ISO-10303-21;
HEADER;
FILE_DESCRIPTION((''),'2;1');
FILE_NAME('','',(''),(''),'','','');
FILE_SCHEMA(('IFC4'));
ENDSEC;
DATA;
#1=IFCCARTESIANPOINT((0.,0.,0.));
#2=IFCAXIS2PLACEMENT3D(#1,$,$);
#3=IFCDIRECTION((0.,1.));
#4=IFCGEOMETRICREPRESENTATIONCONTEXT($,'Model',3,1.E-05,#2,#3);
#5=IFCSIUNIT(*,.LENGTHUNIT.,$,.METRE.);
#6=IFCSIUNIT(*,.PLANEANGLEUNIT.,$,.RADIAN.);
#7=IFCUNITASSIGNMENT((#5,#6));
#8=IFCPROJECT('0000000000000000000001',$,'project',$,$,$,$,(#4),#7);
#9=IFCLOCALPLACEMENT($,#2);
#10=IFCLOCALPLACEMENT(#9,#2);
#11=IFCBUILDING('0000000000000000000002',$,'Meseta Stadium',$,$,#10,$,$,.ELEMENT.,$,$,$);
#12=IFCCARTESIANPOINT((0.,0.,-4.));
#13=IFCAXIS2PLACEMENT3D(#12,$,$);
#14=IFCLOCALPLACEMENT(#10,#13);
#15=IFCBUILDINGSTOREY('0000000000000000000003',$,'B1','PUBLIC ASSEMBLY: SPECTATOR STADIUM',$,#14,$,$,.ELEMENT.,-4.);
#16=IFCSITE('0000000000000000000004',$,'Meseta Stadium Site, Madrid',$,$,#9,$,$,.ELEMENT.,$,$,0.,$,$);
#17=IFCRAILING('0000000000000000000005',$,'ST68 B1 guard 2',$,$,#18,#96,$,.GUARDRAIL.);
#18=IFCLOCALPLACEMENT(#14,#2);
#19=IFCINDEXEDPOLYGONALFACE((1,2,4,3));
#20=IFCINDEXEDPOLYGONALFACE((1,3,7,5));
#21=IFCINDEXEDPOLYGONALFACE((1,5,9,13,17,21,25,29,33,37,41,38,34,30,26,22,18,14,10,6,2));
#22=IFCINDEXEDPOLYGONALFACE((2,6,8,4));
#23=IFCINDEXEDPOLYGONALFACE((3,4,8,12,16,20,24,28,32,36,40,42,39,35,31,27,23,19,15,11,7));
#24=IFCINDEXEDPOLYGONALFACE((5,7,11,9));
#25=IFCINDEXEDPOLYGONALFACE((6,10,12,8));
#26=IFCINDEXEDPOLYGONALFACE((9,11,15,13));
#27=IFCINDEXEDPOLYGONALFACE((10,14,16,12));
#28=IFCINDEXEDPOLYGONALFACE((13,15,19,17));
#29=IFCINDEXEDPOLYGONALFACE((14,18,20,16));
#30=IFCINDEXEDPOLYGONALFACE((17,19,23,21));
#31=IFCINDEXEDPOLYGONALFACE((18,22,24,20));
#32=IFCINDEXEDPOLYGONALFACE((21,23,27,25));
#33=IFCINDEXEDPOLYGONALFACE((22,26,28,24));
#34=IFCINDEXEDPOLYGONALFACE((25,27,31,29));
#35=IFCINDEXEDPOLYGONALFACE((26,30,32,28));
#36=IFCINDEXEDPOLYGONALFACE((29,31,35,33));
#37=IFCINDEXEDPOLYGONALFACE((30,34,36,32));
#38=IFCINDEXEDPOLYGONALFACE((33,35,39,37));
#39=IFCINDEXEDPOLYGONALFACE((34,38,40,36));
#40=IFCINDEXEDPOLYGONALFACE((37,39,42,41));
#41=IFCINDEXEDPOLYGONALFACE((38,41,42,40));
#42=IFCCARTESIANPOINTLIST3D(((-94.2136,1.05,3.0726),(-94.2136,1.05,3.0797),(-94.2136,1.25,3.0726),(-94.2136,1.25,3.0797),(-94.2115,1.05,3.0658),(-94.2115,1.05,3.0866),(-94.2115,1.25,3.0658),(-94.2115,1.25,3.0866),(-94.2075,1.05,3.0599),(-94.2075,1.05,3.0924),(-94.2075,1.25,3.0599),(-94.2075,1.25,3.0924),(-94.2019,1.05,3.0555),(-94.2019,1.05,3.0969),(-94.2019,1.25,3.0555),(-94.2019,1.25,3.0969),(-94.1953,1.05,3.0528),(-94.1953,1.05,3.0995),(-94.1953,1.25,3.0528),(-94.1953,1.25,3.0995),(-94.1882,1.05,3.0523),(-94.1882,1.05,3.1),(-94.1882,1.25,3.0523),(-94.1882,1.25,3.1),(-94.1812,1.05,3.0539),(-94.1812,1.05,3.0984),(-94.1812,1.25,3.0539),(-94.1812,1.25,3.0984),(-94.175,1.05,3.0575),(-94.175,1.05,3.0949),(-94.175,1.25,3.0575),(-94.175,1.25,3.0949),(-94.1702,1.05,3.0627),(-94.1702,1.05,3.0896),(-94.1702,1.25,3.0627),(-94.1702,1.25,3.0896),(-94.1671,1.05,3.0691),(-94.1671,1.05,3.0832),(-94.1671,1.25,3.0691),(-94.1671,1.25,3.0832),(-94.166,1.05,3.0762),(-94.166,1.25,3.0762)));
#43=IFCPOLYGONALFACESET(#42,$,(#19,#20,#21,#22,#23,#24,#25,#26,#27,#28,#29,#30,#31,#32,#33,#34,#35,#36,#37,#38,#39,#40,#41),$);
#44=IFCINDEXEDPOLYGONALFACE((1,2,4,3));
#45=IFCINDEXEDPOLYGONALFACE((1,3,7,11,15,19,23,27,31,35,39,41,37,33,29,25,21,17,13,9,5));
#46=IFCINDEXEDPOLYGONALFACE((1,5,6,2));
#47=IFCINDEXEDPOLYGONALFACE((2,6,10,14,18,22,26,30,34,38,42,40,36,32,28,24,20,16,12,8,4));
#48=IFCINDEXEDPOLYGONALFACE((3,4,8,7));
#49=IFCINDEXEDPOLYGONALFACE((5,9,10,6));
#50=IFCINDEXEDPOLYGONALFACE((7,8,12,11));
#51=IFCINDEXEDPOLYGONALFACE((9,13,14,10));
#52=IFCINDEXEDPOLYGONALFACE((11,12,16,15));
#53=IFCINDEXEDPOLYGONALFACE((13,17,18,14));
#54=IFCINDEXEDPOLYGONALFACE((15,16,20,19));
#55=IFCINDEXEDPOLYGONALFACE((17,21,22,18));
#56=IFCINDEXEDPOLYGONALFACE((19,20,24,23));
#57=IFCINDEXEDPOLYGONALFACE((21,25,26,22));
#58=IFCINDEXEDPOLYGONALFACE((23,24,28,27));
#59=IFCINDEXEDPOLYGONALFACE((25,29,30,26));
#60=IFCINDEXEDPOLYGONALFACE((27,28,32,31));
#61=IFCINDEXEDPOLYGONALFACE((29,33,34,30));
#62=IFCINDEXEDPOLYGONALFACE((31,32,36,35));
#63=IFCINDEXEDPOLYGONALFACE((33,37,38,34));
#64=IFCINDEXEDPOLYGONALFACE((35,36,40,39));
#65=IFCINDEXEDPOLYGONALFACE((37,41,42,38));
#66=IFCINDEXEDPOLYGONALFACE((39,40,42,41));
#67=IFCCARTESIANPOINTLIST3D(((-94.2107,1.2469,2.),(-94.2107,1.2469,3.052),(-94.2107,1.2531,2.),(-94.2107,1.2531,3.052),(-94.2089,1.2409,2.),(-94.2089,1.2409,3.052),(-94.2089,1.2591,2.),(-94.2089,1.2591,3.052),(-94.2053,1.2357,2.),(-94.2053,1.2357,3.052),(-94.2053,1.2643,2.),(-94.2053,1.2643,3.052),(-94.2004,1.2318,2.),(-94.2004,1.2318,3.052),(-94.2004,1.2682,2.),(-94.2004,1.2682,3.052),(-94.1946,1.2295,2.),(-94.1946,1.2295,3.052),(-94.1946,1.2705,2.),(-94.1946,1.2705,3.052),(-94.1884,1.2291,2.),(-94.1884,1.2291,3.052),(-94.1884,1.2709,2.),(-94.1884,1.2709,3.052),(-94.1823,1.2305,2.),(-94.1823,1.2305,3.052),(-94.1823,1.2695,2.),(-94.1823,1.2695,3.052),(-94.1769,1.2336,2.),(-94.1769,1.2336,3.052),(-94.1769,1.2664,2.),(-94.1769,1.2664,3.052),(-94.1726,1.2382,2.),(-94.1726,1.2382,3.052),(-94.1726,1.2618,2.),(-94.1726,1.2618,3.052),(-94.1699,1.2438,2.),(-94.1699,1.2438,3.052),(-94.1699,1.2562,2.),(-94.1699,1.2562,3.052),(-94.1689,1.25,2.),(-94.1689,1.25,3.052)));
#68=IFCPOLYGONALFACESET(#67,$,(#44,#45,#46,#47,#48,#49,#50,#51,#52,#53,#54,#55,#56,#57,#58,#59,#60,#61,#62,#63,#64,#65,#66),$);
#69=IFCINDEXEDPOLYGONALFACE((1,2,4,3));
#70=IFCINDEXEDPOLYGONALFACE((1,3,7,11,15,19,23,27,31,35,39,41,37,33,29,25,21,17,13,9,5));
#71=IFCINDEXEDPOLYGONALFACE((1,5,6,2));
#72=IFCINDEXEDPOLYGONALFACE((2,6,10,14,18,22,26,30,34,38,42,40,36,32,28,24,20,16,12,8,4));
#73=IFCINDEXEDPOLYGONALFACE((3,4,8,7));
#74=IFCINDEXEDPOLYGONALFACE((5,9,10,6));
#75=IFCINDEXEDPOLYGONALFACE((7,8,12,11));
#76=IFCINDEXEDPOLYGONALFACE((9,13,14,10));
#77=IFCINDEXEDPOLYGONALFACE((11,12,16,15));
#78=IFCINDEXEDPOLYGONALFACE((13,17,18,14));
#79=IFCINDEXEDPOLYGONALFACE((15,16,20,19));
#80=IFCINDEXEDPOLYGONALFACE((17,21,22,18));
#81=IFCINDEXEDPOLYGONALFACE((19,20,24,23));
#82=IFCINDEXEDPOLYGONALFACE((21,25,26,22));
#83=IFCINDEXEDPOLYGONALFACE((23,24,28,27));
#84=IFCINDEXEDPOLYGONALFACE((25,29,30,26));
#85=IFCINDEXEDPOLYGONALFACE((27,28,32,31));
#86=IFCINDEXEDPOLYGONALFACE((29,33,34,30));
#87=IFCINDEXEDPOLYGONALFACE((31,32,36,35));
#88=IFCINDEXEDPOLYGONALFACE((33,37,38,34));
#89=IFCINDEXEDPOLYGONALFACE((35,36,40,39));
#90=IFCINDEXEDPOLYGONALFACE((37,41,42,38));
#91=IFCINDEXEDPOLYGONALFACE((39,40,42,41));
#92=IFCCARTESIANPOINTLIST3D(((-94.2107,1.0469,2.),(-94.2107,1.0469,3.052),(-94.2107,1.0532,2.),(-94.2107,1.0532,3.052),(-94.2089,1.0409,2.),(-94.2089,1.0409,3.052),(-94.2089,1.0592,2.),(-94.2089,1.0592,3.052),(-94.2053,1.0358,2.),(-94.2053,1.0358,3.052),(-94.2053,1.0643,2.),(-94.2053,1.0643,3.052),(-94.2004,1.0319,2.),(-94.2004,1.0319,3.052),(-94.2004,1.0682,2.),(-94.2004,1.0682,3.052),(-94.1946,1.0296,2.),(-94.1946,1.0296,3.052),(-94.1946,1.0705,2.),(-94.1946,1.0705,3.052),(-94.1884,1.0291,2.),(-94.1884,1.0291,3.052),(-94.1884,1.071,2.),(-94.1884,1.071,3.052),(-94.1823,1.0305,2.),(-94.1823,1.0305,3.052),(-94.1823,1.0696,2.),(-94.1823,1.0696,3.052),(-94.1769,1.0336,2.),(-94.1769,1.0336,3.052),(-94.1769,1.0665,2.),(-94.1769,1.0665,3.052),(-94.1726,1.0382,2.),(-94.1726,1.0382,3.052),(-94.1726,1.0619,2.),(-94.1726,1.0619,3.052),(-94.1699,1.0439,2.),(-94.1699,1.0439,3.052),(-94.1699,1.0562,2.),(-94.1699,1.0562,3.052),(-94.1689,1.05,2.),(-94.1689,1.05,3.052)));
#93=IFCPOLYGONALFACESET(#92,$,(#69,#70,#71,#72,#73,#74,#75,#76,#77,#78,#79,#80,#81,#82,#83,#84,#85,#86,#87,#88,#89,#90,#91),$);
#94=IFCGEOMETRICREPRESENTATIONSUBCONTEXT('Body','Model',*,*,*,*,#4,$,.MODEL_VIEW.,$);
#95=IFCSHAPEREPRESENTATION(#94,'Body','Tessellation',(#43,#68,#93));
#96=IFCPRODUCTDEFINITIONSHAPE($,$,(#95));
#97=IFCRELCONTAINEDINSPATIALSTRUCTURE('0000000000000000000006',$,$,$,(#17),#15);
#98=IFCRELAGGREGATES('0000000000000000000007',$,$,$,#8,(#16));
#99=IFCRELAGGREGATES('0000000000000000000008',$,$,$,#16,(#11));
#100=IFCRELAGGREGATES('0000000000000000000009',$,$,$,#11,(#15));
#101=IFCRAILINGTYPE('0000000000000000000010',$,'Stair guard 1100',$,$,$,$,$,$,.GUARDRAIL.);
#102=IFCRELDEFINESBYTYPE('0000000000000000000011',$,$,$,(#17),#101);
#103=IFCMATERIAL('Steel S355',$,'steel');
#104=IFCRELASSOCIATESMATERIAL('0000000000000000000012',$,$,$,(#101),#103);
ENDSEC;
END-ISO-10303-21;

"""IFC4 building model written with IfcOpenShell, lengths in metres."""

from ifc_helpers import new_model, si_unit, direction, frame, origin, origin_2d, place, context, subcontext, project, spatial, circle, extrude, material, type_object, element, save


model = new_model("IFC4")

# Units and contexts
model_context = context("Model", 3, precision=1e-05, world=origin(), true_north=direction((0.0, 1.0)))
body_context = subcontext(model_context, "Body", "Model", "MODEL_VIEW")
ifc_project = project(units=[si_unit("LENGTHUNIT", "METRE"), si_unit("PLANEANGLEUNIT", "RADIAN")], contexts=[model_context])

# Site, building, storey
site_placement = place(None, origin())
site = spatial("IfcSite", under=ifc_project, at=site_placement, Name="Meseta Stadium Site, Madrid", CompositionType="ELEMENT", RefElevation=0.0)
building_placement = place(site_placement, origin())
building = spatial("IfcBuilding", under=site, at=building_placement, Name="Meseta Stadium", CompositionType="ELEMENT")
storey_placement = place(building_placement, frame((0.0, 0.0, -4.0)))
storey = spatial("IfcBuildingStorey", under=building, at=storey_placement, Name="B1", Description="PUBLIC ASSEMBLY: SPECTATOR STADIUM", CompositionType="ELEMENT", Elevation=-4.0)

# Railing
ifc_material_1 = material(Name="Steel S355", Category="steel")
railing_type_1 = type_object("IfcRailingType", Name="Stair guard 1100", PredefinedType="GUARDRAIL", material=ifc_material_1)
railing_1_placement = place(storey_placement, frame((-94.1899, 1.25, 2.0)))
element("IfcRailing", 1, at=railing_1_placement, inside=storey, type_object=railing_type_1, Name="ST68 B1 guard 2", PredefinedType="GUARDRAIL", context=body_context, shape_type="SweptSolid", body=[
    extrude(circle(Radius=0.0239, at=origin_2d()), frame((0.0, 0.0, 1.0762), z_axis=(0.0, -1.0, 0.0), x_axis=(1.0, 0.0, 0.0)), (0.0, 0.0, 1.0), 0.2),
    extrude(circle(Radius=0.021, at=origin_2d()), origin(), (0.0, 0.0, 1.0), 1.052),
    extrude(circle(Radius=0.021, at=origin_2d()), frame((0.0, -0.2, 0.0)), (0.0, 0.0, 1.0), 1.052),
])

save(model, "model.ifc")
